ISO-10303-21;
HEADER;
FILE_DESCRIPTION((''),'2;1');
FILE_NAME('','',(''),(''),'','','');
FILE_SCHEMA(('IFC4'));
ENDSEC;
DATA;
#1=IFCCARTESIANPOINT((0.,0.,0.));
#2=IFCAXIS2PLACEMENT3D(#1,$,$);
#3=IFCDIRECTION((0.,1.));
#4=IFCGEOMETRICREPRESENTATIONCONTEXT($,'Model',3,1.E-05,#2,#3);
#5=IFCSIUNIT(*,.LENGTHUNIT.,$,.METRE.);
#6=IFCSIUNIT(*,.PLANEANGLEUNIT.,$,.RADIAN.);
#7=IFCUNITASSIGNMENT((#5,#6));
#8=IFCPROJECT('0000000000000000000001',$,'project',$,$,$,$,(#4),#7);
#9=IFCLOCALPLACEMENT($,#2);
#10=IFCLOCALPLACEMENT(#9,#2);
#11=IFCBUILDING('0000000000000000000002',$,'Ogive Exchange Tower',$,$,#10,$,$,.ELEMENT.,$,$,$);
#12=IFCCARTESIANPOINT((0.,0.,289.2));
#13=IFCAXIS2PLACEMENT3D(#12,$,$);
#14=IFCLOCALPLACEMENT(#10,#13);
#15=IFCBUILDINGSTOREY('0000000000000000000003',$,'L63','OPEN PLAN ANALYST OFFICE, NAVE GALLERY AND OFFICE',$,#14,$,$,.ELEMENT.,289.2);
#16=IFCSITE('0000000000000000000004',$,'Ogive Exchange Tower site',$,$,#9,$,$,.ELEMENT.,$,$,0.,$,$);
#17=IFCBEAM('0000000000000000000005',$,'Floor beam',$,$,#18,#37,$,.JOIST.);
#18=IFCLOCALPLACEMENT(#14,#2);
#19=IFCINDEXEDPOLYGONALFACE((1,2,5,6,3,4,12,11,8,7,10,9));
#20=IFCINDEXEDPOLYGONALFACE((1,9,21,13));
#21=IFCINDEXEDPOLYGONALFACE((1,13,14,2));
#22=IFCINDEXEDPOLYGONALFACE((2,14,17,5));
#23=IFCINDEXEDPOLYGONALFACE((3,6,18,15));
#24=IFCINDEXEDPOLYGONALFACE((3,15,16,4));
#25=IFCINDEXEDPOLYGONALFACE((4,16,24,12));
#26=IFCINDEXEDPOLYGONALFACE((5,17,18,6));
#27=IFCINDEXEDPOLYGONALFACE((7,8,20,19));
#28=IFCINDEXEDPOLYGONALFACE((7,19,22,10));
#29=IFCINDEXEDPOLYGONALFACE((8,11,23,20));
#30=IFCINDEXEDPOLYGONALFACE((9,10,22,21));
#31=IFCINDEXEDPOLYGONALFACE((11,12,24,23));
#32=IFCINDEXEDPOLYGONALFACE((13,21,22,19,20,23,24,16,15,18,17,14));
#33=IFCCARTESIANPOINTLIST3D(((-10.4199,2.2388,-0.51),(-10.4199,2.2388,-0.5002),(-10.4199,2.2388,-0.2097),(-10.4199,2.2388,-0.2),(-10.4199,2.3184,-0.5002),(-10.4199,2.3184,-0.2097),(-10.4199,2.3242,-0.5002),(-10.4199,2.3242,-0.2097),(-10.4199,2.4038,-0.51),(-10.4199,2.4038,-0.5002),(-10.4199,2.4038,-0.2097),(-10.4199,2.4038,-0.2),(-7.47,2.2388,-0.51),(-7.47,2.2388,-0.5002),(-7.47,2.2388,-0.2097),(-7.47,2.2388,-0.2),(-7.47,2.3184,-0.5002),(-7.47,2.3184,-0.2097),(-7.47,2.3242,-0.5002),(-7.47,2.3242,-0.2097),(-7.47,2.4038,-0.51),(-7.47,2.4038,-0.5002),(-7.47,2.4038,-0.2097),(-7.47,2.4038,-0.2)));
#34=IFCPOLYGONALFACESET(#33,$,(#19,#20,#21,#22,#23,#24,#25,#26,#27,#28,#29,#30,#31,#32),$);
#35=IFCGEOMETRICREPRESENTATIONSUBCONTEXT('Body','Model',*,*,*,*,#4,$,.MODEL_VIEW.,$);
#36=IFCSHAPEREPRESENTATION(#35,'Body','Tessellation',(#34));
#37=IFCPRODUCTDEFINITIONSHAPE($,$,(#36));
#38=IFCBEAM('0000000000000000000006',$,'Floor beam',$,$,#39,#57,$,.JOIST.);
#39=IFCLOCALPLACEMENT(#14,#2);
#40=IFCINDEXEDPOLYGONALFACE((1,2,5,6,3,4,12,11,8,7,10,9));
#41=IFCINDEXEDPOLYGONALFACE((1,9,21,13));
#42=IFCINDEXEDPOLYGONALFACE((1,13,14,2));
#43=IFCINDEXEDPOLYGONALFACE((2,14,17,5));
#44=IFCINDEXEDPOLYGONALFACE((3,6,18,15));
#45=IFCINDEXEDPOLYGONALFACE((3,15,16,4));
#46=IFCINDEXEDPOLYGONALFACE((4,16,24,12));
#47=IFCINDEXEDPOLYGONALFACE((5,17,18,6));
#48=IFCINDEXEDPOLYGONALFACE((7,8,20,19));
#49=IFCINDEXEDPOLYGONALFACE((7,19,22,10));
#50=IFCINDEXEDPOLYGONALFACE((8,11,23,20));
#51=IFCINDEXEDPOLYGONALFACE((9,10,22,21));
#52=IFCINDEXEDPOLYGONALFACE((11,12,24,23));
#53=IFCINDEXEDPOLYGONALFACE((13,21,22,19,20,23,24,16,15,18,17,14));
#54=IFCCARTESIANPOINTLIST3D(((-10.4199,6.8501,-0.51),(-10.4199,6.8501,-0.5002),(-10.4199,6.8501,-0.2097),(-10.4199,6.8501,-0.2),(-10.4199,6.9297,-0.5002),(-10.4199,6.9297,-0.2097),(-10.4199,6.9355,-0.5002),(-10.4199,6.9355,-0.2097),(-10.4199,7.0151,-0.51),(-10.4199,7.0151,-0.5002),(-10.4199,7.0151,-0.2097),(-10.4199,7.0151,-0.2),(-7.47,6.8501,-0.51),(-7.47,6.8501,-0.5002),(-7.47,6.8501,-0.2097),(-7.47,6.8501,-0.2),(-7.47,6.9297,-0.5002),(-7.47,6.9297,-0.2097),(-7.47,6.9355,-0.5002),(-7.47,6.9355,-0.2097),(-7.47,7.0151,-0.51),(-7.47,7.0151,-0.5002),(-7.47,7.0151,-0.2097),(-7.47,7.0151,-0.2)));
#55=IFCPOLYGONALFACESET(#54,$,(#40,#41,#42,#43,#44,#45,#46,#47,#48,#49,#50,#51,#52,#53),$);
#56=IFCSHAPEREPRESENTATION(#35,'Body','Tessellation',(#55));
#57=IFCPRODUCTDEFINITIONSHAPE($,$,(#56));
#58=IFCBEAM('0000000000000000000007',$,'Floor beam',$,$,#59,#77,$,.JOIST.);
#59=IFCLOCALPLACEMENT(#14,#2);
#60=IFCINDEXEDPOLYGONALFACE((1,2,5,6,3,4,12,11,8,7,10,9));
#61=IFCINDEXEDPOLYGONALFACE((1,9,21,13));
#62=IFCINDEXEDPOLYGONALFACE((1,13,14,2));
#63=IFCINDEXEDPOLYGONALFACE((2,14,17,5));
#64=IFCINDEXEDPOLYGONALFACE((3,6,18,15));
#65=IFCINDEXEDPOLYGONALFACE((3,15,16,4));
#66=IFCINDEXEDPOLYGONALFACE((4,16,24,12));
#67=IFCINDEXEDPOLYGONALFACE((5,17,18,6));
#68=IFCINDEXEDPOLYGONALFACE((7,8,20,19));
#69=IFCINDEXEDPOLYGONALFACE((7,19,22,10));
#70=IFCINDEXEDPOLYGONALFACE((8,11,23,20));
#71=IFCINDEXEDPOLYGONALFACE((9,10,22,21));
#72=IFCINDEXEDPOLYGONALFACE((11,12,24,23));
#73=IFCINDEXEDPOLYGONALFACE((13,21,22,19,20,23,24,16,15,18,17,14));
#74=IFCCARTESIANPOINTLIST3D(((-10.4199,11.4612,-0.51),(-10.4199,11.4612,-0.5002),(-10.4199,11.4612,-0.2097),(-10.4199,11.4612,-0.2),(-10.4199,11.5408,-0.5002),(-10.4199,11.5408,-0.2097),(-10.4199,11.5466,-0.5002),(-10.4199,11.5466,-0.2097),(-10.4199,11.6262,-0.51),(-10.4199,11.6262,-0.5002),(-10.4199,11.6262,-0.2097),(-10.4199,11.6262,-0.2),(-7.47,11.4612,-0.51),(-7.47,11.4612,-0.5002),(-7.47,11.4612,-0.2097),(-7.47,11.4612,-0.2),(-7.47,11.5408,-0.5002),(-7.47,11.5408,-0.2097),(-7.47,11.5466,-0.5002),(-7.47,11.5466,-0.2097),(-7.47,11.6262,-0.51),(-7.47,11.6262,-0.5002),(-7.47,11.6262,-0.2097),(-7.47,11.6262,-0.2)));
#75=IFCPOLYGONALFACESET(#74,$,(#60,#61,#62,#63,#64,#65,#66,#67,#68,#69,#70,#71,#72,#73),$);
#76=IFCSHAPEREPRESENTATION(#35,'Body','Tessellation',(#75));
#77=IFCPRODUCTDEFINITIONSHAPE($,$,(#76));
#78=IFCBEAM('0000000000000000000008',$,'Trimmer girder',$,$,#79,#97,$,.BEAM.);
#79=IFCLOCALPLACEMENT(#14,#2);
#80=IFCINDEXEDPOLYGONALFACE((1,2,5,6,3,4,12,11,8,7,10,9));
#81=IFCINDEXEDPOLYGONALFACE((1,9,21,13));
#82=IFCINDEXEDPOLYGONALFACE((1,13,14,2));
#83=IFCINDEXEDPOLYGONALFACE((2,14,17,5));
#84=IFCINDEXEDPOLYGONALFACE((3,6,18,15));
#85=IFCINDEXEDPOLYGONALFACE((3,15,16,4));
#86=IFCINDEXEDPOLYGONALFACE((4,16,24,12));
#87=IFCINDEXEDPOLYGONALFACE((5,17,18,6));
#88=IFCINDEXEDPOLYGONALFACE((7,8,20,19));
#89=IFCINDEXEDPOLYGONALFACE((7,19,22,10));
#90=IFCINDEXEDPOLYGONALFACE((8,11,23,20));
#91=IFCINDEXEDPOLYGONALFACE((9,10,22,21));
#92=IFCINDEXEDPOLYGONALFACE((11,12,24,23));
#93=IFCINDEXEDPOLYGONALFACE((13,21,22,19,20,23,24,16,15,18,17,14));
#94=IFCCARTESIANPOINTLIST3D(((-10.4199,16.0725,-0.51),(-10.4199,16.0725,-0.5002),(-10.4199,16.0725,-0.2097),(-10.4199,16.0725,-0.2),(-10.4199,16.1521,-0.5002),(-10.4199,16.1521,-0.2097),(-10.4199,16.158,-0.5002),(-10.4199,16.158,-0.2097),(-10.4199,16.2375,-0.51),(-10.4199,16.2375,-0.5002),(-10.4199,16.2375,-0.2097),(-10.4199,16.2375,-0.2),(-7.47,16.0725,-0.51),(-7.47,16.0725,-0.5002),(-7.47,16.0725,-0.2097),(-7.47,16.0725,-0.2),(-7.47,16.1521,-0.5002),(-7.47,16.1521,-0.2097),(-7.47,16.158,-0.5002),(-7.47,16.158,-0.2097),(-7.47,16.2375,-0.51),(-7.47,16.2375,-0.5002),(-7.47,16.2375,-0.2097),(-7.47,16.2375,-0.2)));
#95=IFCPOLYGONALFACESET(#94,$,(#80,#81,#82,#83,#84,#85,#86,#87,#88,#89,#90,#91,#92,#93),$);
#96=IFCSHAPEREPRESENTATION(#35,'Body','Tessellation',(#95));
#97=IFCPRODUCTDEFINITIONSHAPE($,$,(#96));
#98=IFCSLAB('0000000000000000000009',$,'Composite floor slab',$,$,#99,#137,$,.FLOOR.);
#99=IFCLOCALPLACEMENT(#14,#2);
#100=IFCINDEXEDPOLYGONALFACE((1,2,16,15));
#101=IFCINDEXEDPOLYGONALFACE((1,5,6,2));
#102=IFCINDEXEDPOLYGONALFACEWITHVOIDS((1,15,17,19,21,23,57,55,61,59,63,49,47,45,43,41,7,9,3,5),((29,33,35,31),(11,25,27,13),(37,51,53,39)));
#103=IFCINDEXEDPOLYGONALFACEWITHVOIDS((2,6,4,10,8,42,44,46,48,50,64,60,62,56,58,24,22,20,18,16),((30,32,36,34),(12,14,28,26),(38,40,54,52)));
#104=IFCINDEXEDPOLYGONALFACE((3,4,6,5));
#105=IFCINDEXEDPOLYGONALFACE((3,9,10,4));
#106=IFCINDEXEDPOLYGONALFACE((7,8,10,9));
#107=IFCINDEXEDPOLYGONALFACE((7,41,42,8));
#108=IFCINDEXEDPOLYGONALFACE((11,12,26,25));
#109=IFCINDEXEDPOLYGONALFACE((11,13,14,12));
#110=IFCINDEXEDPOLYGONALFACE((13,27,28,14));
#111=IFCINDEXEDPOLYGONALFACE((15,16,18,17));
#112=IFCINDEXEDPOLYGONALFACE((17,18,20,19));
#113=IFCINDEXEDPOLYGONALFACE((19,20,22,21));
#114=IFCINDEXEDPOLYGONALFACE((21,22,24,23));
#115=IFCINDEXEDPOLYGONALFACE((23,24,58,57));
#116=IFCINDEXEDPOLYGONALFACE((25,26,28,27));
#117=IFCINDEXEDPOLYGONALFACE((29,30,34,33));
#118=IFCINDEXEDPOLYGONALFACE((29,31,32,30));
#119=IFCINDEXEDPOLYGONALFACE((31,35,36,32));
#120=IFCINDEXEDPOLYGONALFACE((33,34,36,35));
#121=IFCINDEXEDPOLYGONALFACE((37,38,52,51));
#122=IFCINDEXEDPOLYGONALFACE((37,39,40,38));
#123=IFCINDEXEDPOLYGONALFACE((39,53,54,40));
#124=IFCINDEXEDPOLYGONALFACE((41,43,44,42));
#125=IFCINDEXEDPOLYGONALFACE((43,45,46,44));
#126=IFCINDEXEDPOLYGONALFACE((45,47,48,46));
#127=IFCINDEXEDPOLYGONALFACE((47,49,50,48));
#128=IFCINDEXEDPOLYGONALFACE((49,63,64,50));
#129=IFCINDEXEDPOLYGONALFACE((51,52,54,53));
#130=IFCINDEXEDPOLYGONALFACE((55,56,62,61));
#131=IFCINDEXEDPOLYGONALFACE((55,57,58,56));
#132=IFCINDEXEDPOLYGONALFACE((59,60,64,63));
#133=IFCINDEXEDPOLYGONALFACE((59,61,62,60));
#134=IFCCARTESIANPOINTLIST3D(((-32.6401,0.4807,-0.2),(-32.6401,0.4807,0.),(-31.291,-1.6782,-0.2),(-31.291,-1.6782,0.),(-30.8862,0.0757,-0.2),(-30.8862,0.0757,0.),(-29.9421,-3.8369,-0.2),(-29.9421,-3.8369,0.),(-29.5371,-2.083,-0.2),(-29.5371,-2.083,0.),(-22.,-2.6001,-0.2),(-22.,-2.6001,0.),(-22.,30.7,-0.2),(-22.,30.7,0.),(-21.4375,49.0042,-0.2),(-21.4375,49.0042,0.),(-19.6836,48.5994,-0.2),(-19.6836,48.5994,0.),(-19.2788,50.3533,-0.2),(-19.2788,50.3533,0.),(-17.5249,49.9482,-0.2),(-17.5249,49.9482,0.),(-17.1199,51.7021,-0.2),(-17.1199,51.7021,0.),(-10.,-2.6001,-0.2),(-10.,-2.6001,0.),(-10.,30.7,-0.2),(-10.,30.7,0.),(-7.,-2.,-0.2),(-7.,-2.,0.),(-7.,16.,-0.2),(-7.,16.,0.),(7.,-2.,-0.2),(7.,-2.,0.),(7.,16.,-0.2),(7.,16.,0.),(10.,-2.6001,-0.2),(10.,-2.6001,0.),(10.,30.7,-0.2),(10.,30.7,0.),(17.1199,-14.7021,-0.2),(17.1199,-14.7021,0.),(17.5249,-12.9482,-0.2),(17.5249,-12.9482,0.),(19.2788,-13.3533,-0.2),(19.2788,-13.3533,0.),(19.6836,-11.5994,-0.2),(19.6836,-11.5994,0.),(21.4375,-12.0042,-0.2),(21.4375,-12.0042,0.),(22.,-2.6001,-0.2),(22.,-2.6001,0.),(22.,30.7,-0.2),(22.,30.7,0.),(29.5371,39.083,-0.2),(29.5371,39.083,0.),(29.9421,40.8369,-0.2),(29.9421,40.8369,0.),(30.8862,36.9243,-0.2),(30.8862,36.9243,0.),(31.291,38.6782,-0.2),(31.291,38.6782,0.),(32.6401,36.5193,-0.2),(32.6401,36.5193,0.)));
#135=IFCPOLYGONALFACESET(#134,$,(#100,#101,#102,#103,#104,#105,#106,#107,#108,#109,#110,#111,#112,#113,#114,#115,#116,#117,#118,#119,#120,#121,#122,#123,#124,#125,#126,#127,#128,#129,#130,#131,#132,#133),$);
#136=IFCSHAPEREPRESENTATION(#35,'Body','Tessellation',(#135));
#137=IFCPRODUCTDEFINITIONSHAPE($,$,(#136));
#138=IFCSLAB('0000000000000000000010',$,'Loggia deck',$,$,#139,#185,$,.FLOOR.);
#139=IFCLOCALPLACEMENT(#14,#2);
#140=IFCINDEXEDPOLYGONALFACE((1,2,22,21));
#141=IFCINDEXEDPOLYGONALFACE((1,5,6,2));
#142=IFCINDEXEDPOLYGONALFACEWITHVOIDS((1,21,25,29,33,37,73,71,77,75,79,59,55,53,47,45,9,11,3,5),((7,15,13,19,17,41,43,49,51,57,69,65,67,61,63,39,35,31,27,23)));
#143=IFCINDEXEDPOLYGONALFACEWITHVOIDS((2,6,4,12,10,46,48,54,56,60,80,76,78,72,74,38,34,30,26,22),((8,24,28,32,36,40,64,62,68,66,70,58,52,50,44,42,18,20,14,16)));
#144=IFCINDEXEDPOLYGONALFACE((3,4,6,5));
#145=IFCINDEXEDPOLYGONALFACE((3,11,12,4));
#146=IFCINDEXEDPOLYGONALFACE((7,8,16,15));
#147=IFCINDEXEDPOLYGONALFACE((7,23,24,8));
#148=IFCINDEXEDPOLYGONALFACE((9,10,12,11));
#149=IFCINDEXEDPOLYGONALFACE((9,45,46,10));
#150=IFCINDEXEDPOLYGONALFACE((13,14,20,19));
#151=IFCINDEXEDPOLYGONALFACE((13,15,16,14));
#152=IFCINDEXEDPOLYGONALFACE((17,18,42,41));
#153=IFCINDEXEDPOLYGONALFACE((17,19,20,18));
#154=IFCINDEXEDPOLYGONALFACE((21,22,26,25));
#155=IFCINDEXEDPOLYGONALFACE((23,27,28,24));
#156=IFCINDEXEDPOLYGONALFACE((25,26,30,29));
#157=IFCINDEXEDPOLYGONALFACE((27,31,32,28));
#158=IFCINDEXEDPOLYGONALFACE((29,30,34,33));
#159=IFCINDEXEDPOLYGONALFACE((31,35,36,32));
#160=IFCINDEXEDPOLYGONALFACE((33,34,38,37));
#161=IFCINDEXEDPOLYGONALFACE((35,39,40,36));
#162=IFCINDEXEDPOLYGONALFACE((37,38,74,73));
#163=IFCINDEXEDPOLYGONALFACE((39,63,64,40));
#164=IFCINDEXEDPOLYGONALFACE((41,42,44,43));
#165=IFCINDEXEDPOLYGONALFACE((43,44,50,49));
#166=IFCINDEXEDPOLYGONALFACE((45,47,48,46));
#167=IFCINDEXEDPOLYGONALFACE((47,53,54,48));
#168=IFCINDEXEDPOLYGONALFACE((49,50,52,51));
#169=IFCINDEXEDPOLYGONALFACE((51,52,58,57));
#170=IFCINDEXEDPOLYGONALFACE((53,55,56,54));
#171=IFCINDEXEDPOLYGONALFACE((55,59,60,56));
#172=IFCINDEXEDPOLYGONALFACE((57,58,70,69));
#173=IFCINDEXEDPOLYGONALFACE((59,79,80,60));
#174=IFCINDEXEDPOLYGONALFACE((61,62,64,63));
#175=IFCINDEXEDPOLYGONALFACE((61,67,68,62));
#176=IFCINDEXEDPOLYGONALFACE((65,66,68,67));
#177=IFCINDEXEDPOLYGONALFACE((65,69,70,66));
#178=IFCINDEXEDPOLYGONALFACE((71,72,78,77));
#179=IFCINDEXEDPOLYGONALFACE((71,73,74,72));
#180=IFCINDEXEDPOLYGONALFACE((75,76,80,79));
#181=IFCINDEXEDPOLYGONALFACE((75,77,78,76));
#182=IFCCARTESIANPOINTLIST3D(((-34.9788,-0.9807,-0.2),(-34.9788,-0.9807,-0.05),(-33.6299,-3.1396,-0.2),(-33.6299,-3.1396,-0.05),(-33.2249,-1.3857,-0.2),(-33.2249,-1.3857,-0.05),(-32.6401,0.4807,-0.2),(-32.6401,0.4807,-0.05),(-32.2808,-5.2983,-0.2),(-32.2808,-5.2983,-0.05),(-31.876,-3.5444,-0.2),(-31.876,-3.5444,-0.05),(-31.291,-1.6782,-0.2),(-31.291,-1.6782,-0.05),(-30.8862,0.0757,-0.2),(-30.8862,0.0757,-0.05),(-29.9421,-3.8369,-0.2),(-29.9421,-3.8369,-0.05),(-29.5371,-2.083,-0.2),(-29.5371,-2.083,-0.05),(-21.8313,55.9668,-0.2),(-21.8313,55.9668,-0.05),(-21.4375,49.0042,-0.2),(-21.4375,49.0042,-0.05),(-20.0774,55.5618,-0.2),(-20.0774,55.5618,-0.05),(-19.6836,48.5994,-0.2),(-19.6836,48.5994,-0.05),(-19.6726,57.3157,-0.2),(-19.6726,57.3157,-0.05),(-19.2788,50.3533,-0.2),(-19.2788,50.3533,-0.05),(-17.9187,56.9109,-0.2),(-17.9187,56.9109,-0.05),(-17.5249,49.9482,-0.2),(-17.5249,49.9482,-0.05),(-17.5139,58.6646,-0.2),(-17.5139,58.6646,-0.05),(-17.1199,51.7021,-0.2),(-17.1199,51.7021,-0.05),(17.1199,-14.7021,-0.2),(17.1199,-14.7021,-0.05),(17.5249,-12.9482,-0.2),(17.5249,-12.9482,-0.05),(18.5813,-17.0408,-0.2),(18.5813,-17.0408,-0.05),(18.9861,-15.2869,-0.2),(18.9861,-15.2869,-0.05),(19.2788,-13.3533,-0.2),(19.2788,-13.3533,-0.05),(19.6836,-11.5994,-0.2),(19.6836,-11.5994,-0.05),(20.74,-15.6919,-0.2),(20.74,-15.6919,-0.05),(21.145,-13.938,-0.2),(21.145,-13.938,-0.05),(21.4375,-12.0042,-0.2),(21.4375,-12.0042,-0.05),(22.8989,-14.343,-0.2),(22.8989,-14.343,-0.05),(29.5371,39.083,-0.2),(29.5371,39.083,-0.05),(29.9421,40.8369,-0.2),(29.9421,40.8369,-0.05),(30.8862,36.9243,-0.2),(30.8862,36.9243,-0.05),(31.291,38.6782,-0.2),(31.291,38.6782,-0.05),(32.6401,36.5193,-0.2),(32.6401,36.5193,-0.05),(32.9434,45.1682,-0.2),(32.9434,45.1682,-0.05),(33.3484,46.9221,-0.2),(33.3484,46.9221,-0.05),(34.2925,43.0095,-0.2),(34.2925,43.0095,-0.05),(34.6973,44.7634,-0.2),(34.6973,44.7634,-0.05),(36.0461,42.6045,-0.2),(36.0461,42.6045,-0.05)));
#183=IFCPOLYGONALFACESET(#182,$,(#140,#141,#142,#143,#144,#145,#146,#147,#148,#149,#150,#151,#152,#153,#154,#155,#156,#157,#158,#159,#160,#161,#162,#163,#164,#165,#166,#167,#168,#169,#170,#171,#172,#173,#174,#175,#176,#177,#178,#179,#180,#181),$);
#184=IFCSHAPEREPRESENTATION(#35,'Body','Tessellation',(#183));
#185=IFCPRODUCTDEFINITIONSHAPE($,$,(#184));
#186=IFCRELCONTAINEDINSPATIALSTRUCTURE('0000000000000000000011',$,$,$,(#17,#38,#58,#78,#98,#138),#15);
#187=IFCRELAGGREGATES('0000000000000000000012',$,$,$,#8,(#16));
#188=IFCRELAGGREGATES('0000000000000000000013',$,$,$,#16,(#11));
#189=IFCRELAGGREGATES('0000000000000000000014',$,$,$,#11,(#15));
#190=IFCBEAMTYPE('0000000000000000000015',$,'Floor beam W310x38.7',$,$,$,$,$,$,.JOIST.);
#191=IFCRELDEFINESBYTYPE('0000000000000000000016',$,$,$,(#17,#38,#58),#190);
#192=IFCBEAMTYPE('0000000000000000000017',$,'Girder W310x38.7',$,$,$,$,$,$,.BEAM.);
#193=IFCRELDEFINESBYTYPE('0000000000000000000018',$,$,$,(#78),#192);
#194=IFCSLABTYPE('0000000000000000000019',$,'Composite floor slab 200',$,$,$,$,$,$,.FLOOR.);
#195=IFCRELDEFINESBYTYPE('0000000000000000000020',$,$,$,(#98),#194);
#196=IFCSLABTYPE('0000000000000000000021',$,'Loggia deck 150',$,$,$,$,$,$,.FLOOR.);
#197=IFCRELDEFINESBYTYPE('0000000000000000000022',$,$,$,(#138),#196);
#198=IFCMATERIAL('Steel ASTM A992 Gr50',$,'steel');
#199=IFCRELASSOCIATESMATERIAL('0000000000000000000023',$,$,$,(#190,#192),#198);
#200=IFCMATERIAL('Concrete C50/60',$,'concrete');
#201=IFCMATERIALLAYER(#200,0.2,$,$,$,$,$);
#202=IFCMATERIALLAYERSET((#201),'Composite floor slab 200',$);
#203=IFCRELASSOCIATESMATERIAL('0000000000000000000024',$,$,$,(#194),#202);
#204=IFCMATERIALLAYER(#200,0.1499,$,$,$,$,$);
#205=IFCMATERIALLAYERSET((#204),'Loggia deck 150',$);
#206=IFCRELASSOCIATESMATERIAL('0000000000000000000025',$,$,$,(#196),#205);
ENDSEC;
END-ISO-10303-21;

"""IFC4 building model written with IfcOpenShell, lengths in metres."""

from ifc_helpers import new_model, si_unit, direction, frame, origin, origin_2d, place, context, subcontext, project, spatial, polyline, i_section, outline, extrude, material, layer, layer_set, material_profile, profile_set, type_object, element, save


model = new_model("IFC4")

# Units and contexts
model_context = context("Model", 3, precision=1e-05, world=origin(), true_north=direction((0.0, 1.0)))
body_context = subcontext(model_context, "Body", "Model", "MODEL_VIEW")
ifc_project = project(units=[si_unit("LENGTHUNIT", "METRE"), si_unit("PLANEANGLEUNIT", "RADIAN")], contexts=[model_context])

# Site, building, storey
site_placement = place(None, origin())
site = spatial("IfcSite", under=ifc_project, at=site_placement, Name="Ogive Exchange Tower site", CompositionType="ELEMENT", RefElevation=0.0)
building_placement = place(site_placement, origin())
building = spatial("IfcBuilding", under=site, at=building_placement, Name="Ogive Exchange Tower", CompositionType="ELEMENT")
storey_placement = place(building_placement, frame((0.0, 0.0, 289.2)))
storey = spatial("IfcBuildingStorey", under=building, at=storey_placement, Name="L63", Description="OPEN PLAN ANALYST OFFICE, NAVE GALLERY AND OFFICE", CompositionType="ELEMENT", Elevation=289.2)

# Beams
ifc_material_1 = material(Name="Steel ASTM A992 Gr50", Category="steel")
ifc_material_profile_1 = material_profile(ifc_material_1, i_section(OverallWidth=0.165, OverallDepth=0.3101, WebThickness=0.0059, FlangeThickness=0.0098, at=origin_2d()), Name="W310x38.7")
ifc_profile_set_1 = profile_set([ifc_material_profile_1], Name="Steel ASTM A992 Gr50")
beam_type_1 = type_object("IfcBeamType", Name="Floor beam W310x38.7", PredefinedType="JOIST", material=ifc_profile_set_1)
for number, where, z_axis, x_axis, name in (
    (1, (-10.4199, 2.3213, -0.355), (1.0, 0.0, 0.0), (0.0, 1.0, 0.0), "Floor beam"),
    (2, (-10.4199, 6.9326, -0.355), (1.0, 0.0, 0.0), (0.0, 1.0, 0.0), "Floor beam"),
    (3, (-10.4199, 11.5437, -0.355), (1.0, 0.0, 0.0), (0.0, 1.0, 0.0), "Floor beam"),
):
    element("IfcBeam", number, at=place(storey_placement, frame(where, z_axis=z_axis, x_axis=x_axis)), inside=storey, type_object=beam_type_1, Name=name, PredefinedType="JOIST", context=body_context, shape_type="SweptSolid", body=[
        extrude(i_section(OverallWidth=0.165, OverallDepth=0.3101, WebThickness=0.0059, FlangeThickness=0.0098, at=origin_2d()), origin(), (0.0, 0.0, 1.0), 2.95),
    ])
ifc_material_profile_2 = material_profile(ifc_material_1, i_section(OverallWidth=0.165, OverallDepth=0.3101, WebThickness=0.0059, FlangeThickness=0.0098, at=origin_2d()), Name="W310x38.7")
ifc_profile_set_2 = profile_set([ifc_material_profile_2], Name="Steel ASTM A992 Gr50")
beam_type_2 = type_object("IfcBeamType", Name="Girder W310x38.7", PredefinedType="BEAM", material=ifc_profile_set_2)
beam_placement = place(storey_placement, frame((-10.4199, 16.155, -0.355), z_axis=(1.0, 0.0, 0.0), x_axis=(0.0, 1.0, 0.0)))
element("IfcBeam", 4, at=beam_placement, inside=storey, type_object=beam_type_2, Name="Trimmer girder", PredefinedType="BEAM", context=body_context, shape_type="SweptSolid", body=[
    extrude(i_section(OverallWidth=0.165, OverallDepth=0.3101, WebThickness=0.0059, FlangeThickness=0.0098, at=origin_2d()), origin(), (0.0, 0.0, 1.0), 2.95),
])

# Slabs
ifc_material_2 = material(Name="Concrete C50/60", Category="concrete")
ifc_layer_1 = layer(ifc_material_2, 0.2)
ifc_layer_set_1 = layer_set([ifc_layer_1], Name="Composite floor slab 200")
slab_type_1 = type_object("IfcSlabType", Name="Composite floor slab 200", PredefinedType="FLOOR", material=ifc_layer_set_1)
slab_1_placement = place(storey_placement, frame((0.0, 0.0, -0.2)))
element("IfcSlab", 5, at=slab_1_placement, inside=storey, type_object=slab_type_1, Name="Composite floor slab", PredefinedType="FLOOR", context=body_context, shape_type="SweptSolid", body=[
    extrude(outline(polyline([(-29.5371, -2.083), (-31.291, -1.6782), (-30.8862, 0.0757), (-32.6401, 0.4807), (-21.4375, 49.0042), (-19.6836, 48.5994), (-19.2788, 50.3533), (-17.5249, 49.9482), (-17.1199, 51.7021), (29.9421, 40.8369), (29.5371, 39.083), (31.291, 38.6782), (30.8862, 36.9243), (32.6401, 36.5193), (21.4375, -12.0042), (19.6836, -11.5994), (19.2788, -13.3533), (17.5249, -12.9482), (17.1199, -14.7021), (-29.9421, -3.8369), (-29.5371, -2.083)]), holes=[polyline([(7.0, -2.0), (7.0, 16.0), (-7.0, 16.0), (-7.0, -2.0), (7.0, -2.0)]), polyline([(-22.0, -2.6001), (-10.0, -2.6001), (-10.0, 30.7), (-22.0, 30.7), (-22.0, -2.6001)]), polyline([(10.0, -2.6001), (22.0, -2.6001), (22.0, 30.7), (10.0, 30.7), (10.0, -2.6001)])]), origin(), (0.0, 0.0, 1.0), 0.2),
])
ifc_layer_2 = layer(ifc_material_2, 0.1499)
ifc_layer_set_2 = layer_set([ifc_layer_2], Name="Loggia deck 150")
slab_type_2 = type_object("IfcSlabType", Name="Loggia deck 150", PredefinedType="FLOOR", material=ifc_layer_set_2)
slab_2_placement = place(storey_placement, frame((0.0, 0.0, -0.2)))
element("IfcSlab", 6, at=slab_2_placement, inside=storey, type_object=slab_type_2, Name="Loggia deck", PredefinedType="FLOOR", context=body_context, shape_type="SweptSolid", body=[
    extrude(outline(polyline([(-31.876, -3.5444), (-33.6299, -3.1396), (-33.2249, -1.3857), (-34.9788, -0.9807), (-21.8313, 55.9668), (-20.0774, 55.5618), (-19.6726, 57.3157), (-17.9187, 56.9109), (-17.5139, 58.6646), (33.3484, 46.9221), (32.9434, 45.1682), (34.6973, 44.7634), (34.2925, 43.0095), (36.0461, 42.6045), (22.8989, -14.343), (21.145, -13.938), (20.74, -15.6919), (18.9861, -15.2869), (18.5813, -17.0408), (-32.2808, -5.2983), (-31.876, -3.5444)]), holes=[polyline([(17.5249, -12.9482), (19.2788, -13.3533), (19.6836, -11.5994), (21.4375, -12.0042), (32.6401, 36.5193), (30.8862, 36.9243), (31.291, 38.6782), (29.5371, 39.083), (29.9421, 40.8369), (-17.1199, 51.7021), (-17.5249, 49.9482), (-19.2788, 50.3533), (-19.6836, 48.5994), (-21.4375, 49.0042), (-32.6401, 0.4807), (-30.8862, 0.0757), (-31.291, -1.6782), (-29.5371, -2.083), (-29.9421, -3.8369), (17.1199, -14.7021), (17.5249, -12.9482)])]), origin(), (0.0, 0.0, 1.0), 0.1499),
])

save(model, "model.ifc")
